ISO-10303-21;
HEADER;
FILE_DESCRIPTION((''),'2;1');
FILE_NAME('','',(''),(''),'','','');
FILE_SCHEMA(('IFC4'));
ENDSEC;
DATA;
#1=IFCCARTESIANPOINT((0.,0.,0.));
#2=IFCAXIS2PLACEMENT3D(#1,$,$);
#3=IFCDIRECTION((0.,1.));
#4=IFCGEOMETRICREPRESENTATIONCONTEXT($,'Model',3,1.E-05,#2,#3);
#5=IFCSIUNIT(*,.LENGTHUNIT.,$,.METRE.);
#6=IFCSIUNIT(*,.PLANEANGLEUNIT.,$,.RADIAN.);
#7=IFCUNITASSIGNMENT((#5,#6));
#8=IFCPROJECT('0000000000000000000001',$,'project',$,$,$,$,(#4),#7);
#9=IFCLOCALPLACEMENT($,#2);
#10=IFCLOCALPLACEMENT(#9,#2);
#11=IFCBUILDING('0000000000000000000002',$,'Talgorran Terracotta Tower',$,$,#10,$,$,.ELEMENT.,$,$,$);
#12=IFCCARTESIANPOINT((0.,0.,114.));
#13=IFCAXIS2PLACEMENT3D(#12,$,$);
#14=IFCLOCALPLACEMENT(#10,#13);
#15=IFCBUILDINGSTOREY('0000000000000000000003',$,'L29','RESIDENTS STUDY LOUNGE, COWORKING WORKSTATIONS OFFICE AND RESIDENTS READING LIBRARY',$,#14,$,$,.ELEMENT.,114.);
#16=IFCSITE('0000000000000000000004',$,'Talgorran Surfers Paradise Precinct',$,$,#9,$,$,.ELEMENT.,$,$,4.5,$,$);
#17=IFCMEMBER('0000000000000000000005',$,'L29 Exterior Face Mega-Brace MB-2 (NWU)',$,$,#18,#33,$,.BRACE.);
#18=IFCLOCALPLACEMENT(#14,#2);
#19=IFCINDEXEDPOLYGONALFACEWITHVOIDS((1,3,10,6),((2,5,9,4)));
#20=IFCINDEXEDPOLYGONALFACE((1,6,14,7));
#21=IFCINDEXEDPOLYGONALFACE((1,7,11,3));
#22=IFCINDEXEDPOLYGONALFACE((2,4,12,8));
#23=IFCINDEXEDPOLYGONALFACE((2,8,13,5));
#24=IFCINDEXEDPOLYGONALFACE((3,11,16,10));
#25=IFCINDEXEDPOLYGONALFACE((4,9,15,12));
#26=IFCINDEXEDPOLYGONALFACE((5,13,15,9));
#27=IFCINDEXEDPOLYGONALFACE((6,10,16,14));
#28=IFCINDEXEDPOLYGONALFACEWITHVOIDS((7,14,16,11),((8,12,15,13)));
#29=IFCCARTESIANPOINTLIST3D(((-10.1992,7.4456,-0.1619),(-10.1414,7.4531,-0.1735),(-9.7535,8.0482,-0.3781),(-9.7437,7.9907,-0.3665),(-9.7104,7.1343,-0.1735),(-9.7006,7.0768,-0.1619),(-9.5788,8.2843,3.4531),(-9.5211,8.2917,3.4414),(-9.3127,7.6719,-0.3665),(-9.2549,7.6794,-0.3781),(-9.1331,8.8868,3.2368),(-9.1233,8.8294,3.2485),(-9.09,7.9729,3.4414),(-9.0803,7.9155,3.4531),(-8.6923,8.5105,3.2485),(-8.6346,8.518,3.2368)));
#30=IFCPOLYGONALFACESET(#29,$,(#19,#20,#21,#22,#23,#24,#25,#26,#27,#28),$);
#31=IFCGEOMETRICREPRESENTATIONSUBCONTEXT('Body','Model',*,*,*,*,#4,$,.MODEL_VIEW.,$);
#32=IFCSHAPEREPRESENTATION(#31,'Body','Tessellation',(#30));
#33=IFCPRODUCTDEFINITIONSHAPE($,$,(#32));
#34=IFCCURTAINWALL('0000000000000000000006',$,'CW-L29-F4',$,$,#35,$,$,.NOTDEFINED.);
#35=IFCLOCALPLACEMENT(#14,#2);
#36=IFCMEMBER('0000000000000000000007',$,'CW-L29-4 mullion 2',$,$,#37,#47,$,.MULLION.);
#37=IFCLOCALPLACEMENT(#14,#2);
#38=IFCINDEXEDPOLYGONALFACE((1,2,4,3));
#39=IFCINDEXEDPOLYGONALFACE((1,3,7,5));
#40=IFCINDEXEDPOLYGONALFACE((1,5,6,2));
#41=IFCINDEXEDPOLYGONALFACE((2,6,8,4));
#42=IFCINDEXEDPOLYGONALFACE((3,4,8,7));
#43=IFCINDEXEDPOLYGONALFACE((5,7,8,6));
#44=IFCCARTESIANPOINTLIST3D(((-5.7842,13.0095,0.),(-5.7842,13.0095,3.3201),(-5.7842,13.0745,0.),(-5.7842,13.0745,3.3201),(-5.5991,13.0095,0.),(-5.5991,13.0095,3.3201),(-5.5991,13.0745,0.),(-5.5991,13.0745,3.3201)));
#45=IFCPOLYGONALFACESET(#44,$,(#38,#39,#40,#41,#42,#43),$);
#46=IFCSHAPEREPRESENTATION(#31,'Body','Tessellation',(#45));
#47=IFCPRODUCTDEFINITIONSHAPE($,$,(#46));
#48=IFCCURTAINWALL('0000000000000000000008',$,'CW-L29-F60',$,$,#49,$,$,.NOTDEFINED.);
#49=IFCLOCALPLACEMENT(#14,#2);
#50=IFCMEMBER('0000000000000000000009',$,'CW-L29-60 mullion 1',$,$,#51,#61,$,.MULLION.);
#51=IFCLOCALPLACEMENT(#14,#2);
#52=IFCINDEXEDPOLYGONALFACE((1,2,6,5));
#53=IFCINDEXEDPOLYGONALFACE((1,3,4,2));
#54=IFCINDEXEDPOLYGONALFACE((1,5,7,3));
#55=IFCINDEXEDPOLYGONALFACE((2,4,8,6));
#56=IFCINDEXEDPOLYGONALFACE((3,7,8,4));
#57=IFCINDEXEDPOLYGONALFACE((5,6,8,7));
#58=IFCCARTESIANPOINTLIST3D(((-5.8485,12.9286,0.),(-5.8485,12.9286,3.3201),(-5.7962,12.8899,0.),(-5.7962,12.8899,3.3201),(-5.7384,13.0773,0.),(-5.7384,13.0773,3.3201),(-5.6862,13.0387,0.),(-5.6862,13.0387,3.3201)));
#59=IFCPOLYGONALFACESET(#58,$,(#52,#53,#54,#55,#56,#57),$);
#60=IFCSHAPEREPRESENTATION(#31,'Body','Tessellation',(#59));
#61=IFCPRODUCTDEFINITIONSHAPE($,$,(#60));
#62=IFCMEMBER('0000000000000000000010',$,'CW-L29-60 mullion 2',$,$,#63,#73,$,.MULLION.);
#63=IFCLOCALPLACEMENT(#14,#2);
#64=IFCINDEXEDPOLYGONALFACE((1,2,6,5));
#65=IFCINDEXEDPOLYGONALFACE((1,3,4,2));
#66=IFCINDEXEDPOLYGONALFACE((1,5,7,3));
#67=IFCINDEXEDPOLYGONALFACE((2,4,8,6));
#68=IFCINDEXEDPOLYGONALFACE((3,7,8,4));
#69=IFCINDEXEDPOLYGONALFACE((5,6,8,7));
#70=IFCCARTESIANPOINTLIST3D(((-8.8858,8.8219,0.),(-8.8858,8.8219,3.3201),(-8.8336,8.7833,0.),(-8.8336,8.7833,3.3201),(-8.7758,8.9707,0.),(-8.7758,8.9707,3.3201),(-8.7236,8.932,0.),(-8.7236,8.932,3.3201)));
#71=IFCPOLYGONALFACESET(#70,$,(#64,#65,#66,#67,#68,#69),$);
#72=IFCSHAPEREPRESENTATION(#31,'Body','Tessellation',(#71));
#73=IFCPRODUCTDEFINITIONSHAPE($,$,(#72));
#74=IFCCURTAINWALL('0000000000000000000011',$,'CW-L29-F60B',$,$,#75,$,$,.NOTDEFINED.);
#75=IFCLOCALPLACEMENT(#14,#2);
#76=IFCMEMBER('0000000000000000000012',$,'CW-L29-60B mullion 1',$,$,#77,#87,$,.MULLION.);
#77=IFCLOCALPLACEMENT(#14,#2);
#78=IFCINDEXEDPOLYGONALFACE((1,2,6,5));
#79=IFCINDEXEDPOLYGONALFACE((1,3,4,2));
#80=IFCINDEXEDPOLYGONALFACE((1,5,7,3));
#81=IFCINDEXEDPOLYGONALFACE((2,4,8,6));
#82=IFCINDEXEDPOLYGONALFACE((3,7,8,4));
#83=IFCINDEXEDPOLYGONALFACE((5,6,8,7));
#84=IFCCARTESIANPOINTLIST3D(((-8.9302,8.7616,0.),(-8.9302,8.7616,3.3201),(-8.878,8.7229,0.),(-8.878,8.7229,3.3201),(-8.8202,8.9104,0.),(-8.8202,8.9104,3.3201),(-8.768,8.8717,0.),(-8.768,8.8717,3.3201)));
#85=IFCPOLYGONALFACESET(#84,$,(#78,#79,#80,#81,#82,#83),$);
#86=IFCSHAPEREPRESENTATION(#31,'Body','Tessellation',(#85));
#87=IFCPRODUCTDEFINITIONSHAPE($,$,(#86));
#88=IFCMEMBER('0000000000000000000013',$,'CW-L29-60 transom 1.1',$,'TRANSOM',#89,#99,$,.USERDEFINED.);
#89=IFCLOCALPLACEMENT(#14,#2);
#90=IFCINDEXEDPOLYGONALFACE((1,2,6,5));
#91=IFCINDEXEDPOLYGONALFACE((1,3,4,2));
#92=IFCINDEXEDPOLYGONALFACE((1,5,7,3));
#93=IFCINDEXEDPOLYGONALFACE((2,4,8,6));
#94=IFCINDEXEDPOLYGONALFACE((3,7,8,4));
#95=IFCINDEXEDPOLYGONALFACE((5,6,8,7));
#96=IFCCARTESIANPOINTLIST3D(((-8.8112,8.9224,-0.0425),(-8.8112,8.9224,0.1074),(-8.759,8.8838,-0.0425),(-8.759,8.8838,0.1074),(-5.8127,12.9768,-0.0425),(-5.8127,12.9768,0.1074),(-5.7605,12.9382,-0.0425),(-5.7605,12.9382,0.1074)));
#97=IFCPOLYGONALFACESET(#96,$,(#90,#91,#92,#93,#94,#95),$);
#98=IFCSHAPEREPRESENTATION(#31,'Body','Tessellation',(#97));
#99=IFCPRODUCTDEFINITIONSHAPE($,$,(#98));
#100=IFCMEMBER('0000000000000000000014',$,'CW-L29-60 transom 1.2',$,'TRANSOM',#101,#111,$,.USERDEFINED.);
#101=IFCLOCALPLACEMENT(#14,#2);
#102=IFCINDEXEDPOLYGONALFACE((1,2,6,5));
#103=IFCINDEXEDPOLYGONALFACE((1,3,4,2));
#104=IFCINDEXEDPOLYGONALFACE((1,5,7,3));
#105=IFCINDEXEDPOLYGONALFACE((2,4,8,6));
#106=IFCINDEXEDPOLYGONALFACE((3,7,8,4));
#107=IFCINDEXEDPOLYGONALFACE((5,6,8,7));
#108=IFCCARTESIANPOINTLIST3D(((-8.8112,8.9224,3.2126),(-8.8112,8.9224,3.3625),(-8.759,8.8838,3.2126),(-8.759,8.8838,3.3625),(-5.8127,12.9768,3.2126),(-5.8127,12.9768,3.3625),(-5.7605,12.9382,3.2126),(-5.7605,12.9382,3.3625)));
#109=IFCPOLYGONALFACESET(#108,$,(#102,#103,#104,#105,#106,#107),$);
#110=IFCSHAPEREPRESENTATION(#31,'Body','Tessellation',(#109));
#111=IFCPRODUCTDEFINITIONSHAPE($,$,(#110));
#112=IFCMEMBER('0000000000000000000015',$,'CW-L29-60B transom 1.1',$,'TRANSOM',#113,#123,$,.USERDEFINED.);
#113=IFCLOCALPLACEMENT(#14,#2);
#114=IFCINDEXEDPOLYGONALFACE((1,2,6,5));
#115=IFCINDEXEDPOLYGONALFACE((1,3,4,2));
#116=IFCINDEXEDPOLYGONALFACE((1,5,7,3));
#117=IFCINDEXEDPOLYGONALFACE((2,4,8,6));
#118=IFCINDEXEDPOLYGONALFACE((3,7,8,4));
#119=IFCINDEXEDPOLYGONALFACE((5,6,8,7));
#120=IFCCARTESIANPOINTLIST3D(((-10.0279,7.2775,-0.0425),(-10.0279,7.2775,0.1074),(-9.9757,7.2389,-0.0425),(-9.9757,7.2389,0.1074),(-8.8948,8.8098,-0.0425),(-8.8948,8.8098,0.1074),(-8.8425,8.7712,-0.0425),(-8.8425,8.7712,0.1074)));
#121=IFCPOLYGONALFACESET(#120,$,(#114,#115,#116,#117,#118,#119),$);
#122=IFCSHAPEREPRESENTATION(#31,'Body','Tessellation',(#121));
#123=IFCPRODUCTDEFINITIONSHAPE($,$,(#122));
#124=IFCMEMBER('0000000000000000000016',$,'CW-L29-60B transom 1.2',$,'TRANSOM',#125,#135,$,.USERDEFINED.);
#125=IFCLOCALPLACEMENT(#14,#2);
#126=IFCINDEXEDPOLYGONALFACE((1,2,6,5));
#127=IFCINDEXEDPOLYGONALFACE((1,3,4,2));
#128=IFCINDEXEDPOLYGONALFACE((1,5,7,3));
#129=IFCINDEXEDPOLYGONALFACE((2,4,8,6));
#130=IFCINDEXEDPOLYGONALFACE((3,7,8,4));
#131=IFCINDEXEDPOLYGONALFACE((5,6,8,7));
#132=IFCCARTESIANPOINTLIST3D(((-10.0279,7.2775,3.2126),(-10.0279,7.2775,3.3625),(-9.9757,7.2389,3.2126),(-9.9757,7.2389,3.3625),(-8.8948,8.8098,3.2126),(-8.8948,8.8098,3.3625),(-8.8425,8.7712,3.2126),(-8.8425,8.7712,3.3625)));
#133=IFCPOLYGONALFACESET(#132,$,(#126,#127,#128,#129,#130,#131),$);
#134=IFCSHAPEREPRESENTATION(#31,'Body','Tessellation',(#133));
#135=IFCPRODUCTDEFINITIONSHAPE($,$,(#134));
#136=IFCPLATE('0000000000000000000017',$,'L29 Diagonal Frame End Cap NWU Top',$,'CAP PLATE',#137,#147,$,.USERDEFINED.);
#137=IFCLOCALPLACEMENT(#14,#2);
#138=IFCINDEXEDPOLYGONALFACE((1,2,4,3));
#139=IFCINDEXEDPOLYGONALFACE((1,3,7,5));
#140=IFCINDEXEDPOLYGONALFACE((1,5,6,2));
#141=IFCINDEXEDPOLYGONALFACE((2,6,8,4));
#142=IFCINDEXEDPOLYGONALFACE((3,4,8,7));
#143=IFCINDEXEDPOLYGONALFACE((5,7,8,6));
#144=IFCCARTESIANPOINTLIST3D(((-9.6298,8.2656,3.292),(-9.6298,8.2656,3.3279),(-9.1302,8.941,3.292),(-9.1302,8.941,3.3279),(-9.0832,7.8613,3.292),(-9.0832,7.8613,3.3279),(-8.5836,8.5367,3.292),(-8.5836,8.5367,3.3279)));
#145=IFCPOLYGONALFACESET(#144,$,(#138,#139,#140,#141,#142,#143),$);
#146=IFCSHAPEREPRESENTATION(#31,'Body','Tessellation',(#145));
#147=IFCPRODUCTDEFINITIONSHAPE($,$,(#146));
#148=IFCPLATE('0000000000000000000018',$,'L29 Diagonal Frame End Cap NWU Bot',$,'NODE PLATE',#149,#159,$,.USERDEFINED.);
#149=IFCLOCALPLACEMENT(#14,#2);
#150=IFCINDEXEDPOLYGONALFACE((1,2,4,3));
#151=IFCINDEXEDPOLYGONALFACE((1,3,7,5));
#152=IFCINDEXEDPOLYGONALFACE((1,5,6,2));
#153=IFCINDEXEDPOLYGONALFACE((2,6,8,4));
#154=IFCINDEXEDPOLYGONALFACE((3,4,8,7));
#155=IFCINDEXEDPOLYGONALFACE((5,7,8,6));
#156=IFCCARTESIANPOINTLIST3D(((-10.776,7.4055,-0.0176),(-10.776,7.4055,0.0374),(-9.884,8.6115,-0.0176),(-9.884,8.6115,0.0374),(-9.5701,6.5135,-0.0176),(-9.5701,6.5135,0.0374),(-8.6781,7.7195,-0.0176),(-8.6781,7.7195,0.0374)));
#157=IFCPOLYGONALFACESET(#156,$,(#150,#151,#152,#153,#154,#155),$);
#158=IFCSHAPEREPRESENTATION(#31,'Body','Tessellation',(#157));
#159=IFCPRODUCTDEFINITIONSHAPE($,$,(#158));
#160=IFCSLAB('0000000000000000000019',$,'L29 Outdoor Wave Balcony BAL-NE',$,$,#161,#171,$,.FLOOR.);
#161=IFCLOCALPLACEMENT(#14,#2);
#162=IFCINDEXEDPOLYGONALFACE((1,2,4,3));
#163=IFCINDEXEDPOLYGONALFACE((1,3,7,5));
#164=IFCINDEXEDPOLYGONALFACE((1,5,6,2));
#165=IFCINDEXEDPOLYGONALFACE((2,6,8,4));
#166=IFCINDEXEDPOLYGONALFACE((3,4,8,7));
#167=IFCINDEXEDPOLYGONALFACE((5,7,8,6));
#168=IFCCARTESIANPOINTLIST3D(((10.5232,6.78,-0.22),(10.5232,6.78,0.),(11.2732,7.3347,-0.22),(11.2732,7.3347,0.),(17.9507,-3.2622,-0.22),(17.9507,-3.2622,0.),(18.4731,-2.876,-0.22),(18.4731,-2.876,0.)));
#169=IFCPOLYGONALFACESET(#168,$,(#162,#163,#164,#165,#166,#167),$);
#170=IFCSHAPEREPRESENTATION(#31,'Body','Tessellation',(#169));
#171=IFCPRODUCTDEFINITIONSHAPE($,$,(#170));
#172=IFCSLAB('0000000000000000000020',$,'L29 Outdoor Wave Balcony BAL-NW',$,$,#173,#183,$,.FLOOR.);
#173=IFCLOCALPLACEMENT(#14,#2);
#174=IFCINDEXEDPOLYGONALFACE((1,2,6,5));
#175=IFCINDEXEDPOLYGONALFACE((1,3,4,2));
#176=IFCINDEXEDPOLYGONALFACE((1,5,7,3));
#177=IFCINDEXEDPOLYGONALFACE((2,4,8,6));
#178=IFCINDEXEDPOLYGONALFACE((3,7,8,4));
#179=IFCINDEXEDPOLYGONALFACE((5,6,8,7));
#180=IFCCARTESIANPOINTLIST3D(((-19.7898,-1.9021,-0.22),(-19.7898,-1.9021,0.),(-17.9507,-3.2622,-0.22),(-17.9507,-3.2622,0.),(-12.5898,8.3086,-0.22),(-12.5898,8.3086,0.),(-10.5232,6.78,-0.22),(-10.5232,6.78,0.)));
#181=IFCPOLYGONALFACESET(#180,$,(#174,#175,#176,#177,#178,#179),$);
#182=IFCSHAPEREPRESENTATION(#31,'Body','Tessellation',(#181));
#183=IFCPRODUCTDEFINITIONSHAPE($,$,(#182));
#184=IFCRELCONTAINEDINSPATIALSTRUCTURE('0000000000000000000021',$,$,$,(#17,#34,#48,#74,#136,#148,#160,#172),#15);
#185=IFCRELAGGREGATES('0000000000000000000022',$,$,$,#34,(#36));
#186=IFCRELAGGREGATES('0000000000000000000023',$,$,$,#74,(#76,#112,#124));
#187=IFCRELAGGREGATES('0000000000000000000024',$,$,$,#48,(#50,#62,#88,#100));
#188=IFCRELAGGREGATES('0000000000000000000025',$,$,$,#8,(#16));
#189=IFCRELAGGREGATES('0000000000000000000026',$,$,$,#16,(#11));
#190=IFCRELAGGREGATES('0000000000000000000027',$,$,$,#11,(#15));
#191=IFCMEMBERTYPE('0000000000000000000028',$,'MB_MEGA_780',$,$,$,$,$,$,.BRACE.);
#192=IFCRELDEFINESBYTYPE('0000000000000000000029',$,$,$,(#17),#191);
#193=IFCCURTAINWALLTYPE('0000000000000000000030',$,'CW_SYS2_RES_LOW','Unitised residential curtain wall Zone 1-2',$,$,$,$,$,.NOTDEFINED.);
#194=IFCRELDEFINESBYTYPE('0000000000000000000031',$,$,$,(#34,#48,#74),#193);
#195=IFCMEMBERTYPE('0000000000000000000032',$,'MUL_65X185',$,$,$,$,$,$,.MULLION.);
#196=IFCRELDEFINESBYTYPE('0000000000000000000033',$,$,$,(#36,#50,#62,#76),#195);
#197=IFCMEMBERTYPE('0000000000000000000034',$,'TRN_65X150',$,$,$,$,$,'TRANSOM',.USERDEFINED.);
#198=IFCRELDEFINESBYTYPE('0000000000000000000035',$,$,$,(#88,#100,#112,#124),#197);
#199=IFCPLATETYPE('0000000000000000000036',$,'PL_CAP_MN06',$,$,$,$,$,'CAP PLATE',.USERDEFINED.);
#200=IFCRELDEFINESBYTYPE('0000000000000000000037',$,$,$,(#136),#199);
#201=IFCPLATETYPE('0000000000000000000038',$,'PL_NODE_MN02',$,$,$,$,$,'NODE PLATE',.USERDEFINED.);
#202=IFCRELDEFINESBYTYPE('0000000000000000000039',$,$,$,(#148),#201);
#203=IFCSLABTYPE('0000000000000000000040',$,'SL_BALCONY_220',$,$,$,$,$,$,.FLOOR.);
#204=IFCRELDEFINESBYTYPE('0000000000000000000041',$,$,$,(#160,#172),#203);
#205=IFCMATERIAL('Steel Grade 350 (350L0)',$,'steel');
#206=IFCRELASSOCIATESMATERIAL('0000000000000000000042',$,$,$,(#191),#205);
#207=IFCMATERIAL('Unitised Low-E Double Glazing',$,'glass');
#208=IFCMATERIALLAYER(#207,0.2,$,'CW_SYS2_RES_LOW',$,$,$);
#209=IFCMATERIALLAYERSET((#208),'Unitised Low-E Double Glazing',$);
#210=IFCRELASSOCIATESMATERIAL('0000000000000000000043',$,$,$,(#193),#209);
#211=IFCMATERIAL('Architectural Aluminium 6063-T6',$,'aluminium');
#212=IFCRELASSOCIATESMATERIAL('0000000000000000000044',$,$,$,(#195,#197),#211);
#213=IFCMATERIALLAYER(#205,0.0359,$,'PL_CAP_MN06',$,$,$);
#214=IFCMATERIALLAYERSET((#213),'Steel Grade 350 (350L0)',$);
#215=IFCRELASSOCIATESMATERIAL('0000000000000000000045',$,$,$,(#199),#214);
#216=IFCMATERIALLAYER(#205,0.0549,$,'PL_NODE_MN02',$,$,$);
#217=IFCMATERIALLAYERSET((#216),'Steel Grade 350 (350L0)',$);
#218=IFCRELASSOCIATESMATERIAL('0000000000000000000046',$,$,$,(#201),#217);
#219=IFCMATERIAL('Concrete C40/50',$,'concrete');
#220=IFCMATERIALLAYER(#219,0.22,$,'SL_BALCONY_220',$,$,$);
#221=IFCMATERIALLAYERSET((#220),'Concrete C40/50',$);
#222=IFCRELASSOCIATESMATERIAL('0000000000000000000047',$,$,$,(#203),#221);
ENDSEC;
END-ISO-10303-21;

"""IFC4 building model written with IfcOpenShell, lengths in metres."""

from ifc_helpers import new_model, si_unit, direction, frame, origin, origin_2d, place, context, subcontext, project, spatial, polyline, rectangle, hollow_rectangle, outline, extrude, material, layer, layer_set, material_profile, profile_set, type_object, element, aggregate, save


model = new_model("IFC4")

# Units and contexts
model_context = context("Model", 3, precision=1e-05, world=origin(), true_north=direction((0.0, 1.0)))
body_context = subcontext(model_context, "Body", "Model", "MODEL_VIEW")
ifc_project = project(units=[si_unit("LENGTHUNIT", "METRE"), si_unit("PLANEANGLEUNIT", "RADIAN")], contexts=[model_context])

# Site, building, storey
site_placement = place(None, origin())
site = spatial("IfcSite", under=ifc_project, at=site_placement, Name="Talgorran Surfers Paradise Precinct", CompositionType="ELEMENT", RefElevation=4.5)
building_placement = place(site_placement, origin())
building = spatial("IfcBuilding", under=site, at=building_placement, Name="Talgorran Terracotta Tower", CompositionType="ELEMENT")
storey_placement = place(building_placement, frame((0.0, 0.0, 114.0)))
storey = spatial("IfcBuildingStorey", under=building, at=storey_placement, Name="L29", Description="RESIDENTS STUDY LOUNGE, COWORKING WORKSTATIONS OFFICE AND RESIDENTS READING LIBRARY", CompositionType="ELEMENT", Elevation=114.0)

# Shared definitions
ifc_material_1 = material(Name="Steel Grade 350 (350L0)", Category="steel")

# Member
ifc_material_profile_1 = material_profile(ifc_material_1, hollow_rectangle(XDim=0.6201, YDim=0.78, WallThickness=0.042, at=origin_2d()), Name="WBOX780X620X42")
ifc_profile_set_1 = profile_set([ifc_material_profile_1], Name="Steel Grade 350 (350L0)")
member_type_1 = type_object("IfcMemberType", Name="MB_MEGA_780", PredefinedType="BRACE", material=ifc_profile_set_1)
member_1_placement = place(storey_placement, frame((-9.7271, 7.5625, -0.27), z_axis=(0.164881, 0.222891, 0.960799), x_axis=(-0.803943, 0.594707, 0.0)))
element("IfcMember", 1, at=member_1_placement, inside=storey, type_object=member_type_1, Name="L29 Exterior Face Mega-Brace MB-2 (NWU)", PredefinedType="BRACE", context=body_context, shape_type="SweptSolid", body=[
    extrude(hollow_rectangle(XDim=0.6201, YDim=0.78, WallThickness=0.042, at=origin_2d()), origin(), (0.0, 0.0, 1.0), 3.7625),
])

# Curtain wall, member
ifc_material_2 = material(Name="Unitised Low-E Double Glazing", Category="glass")
ifc_layer_1 = layer(ifc_material_2, 0.2, Name="CW_SYS2_RES_LOW")
ifc_layer_set_1 = layer_set([ifc_layer_1], Name="Unitised Low-E Double Glazing")
curtain_wall_type = type_object("IfcCurtainWallType", Name="CW_SYS2_RES_LOW", Description="Unitised residential curtain wall Zone 1-2", PredefinedType="NOTDEFINED", material=ifc_layer_set_1)
curtain_wall_1_placement = place(storey_placement, origin())
curtain_wall_1 = element("IfcCurtainWall", 2, at=curtain_wall_1_placement, inside=storey, type_object=curtain_wall_type, Name="CW-L29-F4", PredefinedType="NOTDEFINED")
ifc_material_3 = material(Name="Architectural Aluminium 6063-T6", Category="aluminium")
ifc_material_profile_2 = material_profile(ifc_material_3, rectangle(XDim=0.0649, YDim=0.1851, at=origin_2d()), Name="CWM65X185")
ifc_profile_set_2 = profile_set([ifc_material_profile_2], Name="Architectural Aluminium 6063-T6")
member_type_2 = type_object("IfcMemberType", Name="MUL_65X185", PredefinedType="MULLION", material=ifc_profile_set_2)
member_2_placement = place(storey_placement, frame((-5.6917, 13.042, 0.0), z_axis=(0.0, 0.0, 1.0), x_axis=(0.0, -1.0, 0.0)))
member_2 = element("IfcMember", 3, at=member_2_placement, type_object=member_type_2, Name="CW-L29-4 mullion 2", PredefinedType="MULLION", context=body_context, shape_type="SweptSolid", body=[
    extrude(rectangle(XDim=0.0649, YDim=0.1851, at=origin_2d()), origin(), (0.0, 0.0, 1.0), 3.3201),
])
aggregate(curtain_wall_1, [member_2])

# Curtain wall, members
curtain_wall_2_placement = place(storey_placement, origin())
curtain_wall_2 = element("IfcCurtainWall", 4, at=curtain_wall_2_placement, inside=storey, type_object=curtain_wall_type, Name="CW-L29-F60", PredefinedType="NOTDEFINED")
member_3_placement = place(storey_placement, frame((-5.7673, 12.9836, 0.0), z_axis=(0.0, 0.0, 1.0), x_axis=(0.803998, -0.594632, 0.0)))
member_3 = element("IfcMember", 5, at=member_3_placement, type_object=member_type_2, Name="CW-L29-60 mullion 1", PredefinedType="MULLION", context=body_context, shape_type="SweptSolid", body=[
    extrude(rectangle(XDim=0.0649, YDim=0.1851, at=origin_2d()), origin(), (0.0, 0.0, 1.0), 3.3201),
])
member_4_placement = place(storey_placement, frame((-8.8047, 8.877, 0.0), z_axis=(0.0, 0.0, 1.0), x_axis=(0.803998, -0.594632, 0.0)))
member_4 = element("IfcMember", 6, at=member_4_placement, type_object=member_type_2, Name="CW-L29-60 mullion 2", PredefinedType="MULLION", context=body_context, shape_type="SweptSolid", body=[
    extrude(rectangle(XDim=0.0649, YDim=0.1851, at=origin_2d()), origin(), (0.0, 0.0, 1.0), 3.3201),
])

# Curtain wall, member
curtain_wall_3_placement = place(storey_placement, origin())
curtain_wall_3 = element("IfcCurtainWall", 7, at=curtain_wall_3_placement, inside=storey, type_object=curtain_wall_type, Name="CW-L29-F60B", PredefinedType="NOTDEFINED")
member_5_placement = place(storey_placement, frame((-8.8491, 8.8167, 0.0), z_axis=(0.0, 0.0, 1.0), x_axis=(0.804014, -0.594611, 0.0)))
member_5 = element("IfcMember", 8, at=member_5_placement, type_object=member_type_2, Name="CW-L29-60B mullion 1", PredefinedType="MULLION", context=body_context, shape_type="SweptSolid", body=[
    extrude(rectangle(XDim=0.0649, YDim=0.1851, at=origin_2d()), origin(), (0.0, 0.0, 1.0), 3.3201),
])

# Members
ifc_material_profile_3 = material_profile(ifc_material_3, rectangle(XDim=0.0649, YDim=0.1499, at=origin_2d()), Name="CWT65X150")
ifc_profile_set_3 = profile_set([ifc_material_profile_3], Name="Architectural Aluminium 6063-T6")
member_type_3 = type_object("IfcMemberType", Name="TRN_65X150", ElementType="TRANSOM", PredefinedType="USERDEFINED", material=ifc_profile_set_3)
member_6_placement = place(storey_placement, frame((-5.7866, 12.9575, 0.0325), z_axis=(-0.594618, -0.804008, 0.0), x_axis=(0.804008, -0.594618, 0.0)))
member_6 = element("IfcMember", 9, at=member_6_placement, type_object=member_type_3, Name="CW-L29-60 transom 1.1", ObjectType="TRANSOM", PredefinedType="USERDEFINED", context=body_context, shape_type="SweptSolid", body=[
    extrude(rectangle(XDim=0.0649, YDim=0.1499, at=origin_2d()), origin(), (0.0, 0.0, 1.0), 5.0427),
])
member_7_placement = place(storey_placement, frame((-5.7866, 12.9575, 3.2876), z_axis=(-0.594618, -0.804008, 0.0), x_axis=(0.804008, -0.594618, 0.0)))
member_7 = element("IfcMember", 10, at=member_7_placement, type_object=member_type_3, Name="CW-L29-60 transom 1.2", ObjectType="TRANSOM", PredefinedType="USERDEFINED", context=body_context, shape_type="SweptSolid", body=[
    extrude(rectangle(XDim=0.0649, YDim=0.1499, at=origin_2d()), origin(), (0.0, 0.0, 1.0), 5.0427),
])
member_8_placement = place(storey_placement, frame((-8.8687, 8.7905, 0.0325), z_axis=(-0.594575, -0.80404, 0.0), x_axis=(0.80404, -0.594575, 0.0)))
member_8 = element("IfcMember", 11, at=member_8_placement, type_object=member_type_3, Name="CW-L29-60B transom 1.1", ObjectType="TRANSOM", PredefinedType="USERDEFINED", context=body_context, shape_type="SweptSolid", body=[
    extrude(rectangle(XDim=0.0649, YDim=0.1499, at=origin_2d()), origin(), (0.0, 0.0, 1.0), 1.9058),
])
member_9_placement = place(storey_placement, frame((-8.8687, 8.7905, 3.2876), z_axis=(-0.594575, -0.80404, 0.0), x_axis=(0.80404, -0.594575, 0.0)))
member_9 = element("IfcMember", 12, at=member_9_placement, type_object=member_type_3, Name="CW-L29-60B transom 1.2", ObjectType="TRANSOM", PredefinedType="USERDEFINED", context=body_context, shape_type="SweptSolid", body=[
    extrude(rectangle(XDim=0.0649, YDim=0.1499, at=origin_2d()), origin(), (0.0, 0.0, 1.0), 1.9058),
])

# Plates
ifc_layer_2 = layer(ifc_material_1, 0.0359, Name="PL_CAP_MN06")
ifc_layer_set_2 = layer_set([ifc_layer_2], Name="Steel Grade 350 (350L0)")
plate_type_1 = type_object("IfcPlateType", Name="PL_CAP_MN06", ElementType="CAP PLATE", PredefinedType="USERDEFINED", material=ifc_layer_set_2)
plate_1_placement = place(storey_placement, frame((-9.1067, 8.4011, 3.292), z_axis=(0.0, 0.0, 1.0), x_axis=(0.594682, 0.803961, 0.0)))
element("IfcPlate", 13, at=plate_1_placement, inside=storey, type_object=plate_type_1, Name="L29 Diagonal Frame End Cap NWU Top", ObjectType="CAP PLATE", PredefinedType="USERDEFINED", context=body_context, shape_type="SweptSolid", body=[
    extrude(rectangle(XDim=0.8401, YDim=0.6799, at=origin_2d()), origin(), (0.0, 0.0, 1.0), 0.0359),
])
ifc_layer_3 = layer(ifc_material_1, 0.0549, Name="PL_NODE_MN02")
ifc_layer_set_3 = layer_set([ifc_layer_3], Name="Steel Grade 350 (350L0)")
plate_type_2 = type_object("IfcPlateType", Name="PL_NODE_MN02", ElementType="NODE PLATE", PredefinedType="USERDEFINED", material=ifc_layer_set_3)
plate_2_placement = place(storey_placement, frame((-9.7271, 7.5625, -0.0176), z_axis=(0.0, 0.0, 1.0), x_axis=(0.594682, 0.803961, 0.0)))
element("IfcPlate", 14, at=plate_2_placement, inside=storey, type_object=plate_type_2, Name="L29 Diagonal Frame End Cap NWU Bot", ObjectType="NODE PLATE", PredefinedType="USERDEFINED", context=body_context, shape_type="SweptSolid", body=[
    extrude(rectangle(XDim=1.5, YDim=1.5, at=origin_2d()), origin(), (0.0, 0.0, 1.0), 0.0549),
])

# Slabs
ifc_material_4 = material(Name="Concrete C40/50", Category="concrete")
ifc_layer_4 = layer(ifc_material_4, 0.22, Name="SL_BALCONY_220")
ifc_layer_set_4 = layer_set([ifc_layer_4], Name="Concrete C40/50")
slab_type_1 = type_object("IfcSlabType", Name="SL_BALCONY_220", PredefinedType="FLOOR", material=ifc_layer_set_4)
slab_1_placement = place(storey_placement, frame((0.0, 0.0, -0.22)))
element("IfcSlab", 15, at=slab_1_placement, inside=storey, type_object=slab_type_1, Name="L29 Outdoor Wave Balcony BAL-NE", PredefinedType="FLOOR", context=body_context, shape_type="SweptSolid", body=[
    extrude(outline(polyline([(10.5232, 6.78), (17.9507, -3.2622), (18.4731, -2.876), (11.2732, 7.3347), (10.5232, 6.78)])), origin(), (0.0, 0.0, 1.0), 0.22),
])
slab_2_placement = place(storey_placement, frame((0.0, 0.0, -0.22)))
element("IfcSlab", 16, at=slab_2_placement, inside=storey, type_object=slab_type_1, Name="L29 Outdoor Wave Balcony BAL-NW", PredefinedType="FLOOR", context=body_context, shape_type="SweptSolid", body=[
    extrude(outline(polyline([(-17.9507, -3.2622), (-10.5232, 6.78), (-12.5898, 8.3086), (-19.7898, -1.9021), (-17.9507, -3.2622)])), origin(), (0.0, 0.0, 1.0), 0.22),
])

aggregate(curtain_wall_3, [member_5, member_8, member_9])
aggregate(curtain_wall_2, [member_3, member_4, member_6, member_7])

save(model, "model.ifc")
